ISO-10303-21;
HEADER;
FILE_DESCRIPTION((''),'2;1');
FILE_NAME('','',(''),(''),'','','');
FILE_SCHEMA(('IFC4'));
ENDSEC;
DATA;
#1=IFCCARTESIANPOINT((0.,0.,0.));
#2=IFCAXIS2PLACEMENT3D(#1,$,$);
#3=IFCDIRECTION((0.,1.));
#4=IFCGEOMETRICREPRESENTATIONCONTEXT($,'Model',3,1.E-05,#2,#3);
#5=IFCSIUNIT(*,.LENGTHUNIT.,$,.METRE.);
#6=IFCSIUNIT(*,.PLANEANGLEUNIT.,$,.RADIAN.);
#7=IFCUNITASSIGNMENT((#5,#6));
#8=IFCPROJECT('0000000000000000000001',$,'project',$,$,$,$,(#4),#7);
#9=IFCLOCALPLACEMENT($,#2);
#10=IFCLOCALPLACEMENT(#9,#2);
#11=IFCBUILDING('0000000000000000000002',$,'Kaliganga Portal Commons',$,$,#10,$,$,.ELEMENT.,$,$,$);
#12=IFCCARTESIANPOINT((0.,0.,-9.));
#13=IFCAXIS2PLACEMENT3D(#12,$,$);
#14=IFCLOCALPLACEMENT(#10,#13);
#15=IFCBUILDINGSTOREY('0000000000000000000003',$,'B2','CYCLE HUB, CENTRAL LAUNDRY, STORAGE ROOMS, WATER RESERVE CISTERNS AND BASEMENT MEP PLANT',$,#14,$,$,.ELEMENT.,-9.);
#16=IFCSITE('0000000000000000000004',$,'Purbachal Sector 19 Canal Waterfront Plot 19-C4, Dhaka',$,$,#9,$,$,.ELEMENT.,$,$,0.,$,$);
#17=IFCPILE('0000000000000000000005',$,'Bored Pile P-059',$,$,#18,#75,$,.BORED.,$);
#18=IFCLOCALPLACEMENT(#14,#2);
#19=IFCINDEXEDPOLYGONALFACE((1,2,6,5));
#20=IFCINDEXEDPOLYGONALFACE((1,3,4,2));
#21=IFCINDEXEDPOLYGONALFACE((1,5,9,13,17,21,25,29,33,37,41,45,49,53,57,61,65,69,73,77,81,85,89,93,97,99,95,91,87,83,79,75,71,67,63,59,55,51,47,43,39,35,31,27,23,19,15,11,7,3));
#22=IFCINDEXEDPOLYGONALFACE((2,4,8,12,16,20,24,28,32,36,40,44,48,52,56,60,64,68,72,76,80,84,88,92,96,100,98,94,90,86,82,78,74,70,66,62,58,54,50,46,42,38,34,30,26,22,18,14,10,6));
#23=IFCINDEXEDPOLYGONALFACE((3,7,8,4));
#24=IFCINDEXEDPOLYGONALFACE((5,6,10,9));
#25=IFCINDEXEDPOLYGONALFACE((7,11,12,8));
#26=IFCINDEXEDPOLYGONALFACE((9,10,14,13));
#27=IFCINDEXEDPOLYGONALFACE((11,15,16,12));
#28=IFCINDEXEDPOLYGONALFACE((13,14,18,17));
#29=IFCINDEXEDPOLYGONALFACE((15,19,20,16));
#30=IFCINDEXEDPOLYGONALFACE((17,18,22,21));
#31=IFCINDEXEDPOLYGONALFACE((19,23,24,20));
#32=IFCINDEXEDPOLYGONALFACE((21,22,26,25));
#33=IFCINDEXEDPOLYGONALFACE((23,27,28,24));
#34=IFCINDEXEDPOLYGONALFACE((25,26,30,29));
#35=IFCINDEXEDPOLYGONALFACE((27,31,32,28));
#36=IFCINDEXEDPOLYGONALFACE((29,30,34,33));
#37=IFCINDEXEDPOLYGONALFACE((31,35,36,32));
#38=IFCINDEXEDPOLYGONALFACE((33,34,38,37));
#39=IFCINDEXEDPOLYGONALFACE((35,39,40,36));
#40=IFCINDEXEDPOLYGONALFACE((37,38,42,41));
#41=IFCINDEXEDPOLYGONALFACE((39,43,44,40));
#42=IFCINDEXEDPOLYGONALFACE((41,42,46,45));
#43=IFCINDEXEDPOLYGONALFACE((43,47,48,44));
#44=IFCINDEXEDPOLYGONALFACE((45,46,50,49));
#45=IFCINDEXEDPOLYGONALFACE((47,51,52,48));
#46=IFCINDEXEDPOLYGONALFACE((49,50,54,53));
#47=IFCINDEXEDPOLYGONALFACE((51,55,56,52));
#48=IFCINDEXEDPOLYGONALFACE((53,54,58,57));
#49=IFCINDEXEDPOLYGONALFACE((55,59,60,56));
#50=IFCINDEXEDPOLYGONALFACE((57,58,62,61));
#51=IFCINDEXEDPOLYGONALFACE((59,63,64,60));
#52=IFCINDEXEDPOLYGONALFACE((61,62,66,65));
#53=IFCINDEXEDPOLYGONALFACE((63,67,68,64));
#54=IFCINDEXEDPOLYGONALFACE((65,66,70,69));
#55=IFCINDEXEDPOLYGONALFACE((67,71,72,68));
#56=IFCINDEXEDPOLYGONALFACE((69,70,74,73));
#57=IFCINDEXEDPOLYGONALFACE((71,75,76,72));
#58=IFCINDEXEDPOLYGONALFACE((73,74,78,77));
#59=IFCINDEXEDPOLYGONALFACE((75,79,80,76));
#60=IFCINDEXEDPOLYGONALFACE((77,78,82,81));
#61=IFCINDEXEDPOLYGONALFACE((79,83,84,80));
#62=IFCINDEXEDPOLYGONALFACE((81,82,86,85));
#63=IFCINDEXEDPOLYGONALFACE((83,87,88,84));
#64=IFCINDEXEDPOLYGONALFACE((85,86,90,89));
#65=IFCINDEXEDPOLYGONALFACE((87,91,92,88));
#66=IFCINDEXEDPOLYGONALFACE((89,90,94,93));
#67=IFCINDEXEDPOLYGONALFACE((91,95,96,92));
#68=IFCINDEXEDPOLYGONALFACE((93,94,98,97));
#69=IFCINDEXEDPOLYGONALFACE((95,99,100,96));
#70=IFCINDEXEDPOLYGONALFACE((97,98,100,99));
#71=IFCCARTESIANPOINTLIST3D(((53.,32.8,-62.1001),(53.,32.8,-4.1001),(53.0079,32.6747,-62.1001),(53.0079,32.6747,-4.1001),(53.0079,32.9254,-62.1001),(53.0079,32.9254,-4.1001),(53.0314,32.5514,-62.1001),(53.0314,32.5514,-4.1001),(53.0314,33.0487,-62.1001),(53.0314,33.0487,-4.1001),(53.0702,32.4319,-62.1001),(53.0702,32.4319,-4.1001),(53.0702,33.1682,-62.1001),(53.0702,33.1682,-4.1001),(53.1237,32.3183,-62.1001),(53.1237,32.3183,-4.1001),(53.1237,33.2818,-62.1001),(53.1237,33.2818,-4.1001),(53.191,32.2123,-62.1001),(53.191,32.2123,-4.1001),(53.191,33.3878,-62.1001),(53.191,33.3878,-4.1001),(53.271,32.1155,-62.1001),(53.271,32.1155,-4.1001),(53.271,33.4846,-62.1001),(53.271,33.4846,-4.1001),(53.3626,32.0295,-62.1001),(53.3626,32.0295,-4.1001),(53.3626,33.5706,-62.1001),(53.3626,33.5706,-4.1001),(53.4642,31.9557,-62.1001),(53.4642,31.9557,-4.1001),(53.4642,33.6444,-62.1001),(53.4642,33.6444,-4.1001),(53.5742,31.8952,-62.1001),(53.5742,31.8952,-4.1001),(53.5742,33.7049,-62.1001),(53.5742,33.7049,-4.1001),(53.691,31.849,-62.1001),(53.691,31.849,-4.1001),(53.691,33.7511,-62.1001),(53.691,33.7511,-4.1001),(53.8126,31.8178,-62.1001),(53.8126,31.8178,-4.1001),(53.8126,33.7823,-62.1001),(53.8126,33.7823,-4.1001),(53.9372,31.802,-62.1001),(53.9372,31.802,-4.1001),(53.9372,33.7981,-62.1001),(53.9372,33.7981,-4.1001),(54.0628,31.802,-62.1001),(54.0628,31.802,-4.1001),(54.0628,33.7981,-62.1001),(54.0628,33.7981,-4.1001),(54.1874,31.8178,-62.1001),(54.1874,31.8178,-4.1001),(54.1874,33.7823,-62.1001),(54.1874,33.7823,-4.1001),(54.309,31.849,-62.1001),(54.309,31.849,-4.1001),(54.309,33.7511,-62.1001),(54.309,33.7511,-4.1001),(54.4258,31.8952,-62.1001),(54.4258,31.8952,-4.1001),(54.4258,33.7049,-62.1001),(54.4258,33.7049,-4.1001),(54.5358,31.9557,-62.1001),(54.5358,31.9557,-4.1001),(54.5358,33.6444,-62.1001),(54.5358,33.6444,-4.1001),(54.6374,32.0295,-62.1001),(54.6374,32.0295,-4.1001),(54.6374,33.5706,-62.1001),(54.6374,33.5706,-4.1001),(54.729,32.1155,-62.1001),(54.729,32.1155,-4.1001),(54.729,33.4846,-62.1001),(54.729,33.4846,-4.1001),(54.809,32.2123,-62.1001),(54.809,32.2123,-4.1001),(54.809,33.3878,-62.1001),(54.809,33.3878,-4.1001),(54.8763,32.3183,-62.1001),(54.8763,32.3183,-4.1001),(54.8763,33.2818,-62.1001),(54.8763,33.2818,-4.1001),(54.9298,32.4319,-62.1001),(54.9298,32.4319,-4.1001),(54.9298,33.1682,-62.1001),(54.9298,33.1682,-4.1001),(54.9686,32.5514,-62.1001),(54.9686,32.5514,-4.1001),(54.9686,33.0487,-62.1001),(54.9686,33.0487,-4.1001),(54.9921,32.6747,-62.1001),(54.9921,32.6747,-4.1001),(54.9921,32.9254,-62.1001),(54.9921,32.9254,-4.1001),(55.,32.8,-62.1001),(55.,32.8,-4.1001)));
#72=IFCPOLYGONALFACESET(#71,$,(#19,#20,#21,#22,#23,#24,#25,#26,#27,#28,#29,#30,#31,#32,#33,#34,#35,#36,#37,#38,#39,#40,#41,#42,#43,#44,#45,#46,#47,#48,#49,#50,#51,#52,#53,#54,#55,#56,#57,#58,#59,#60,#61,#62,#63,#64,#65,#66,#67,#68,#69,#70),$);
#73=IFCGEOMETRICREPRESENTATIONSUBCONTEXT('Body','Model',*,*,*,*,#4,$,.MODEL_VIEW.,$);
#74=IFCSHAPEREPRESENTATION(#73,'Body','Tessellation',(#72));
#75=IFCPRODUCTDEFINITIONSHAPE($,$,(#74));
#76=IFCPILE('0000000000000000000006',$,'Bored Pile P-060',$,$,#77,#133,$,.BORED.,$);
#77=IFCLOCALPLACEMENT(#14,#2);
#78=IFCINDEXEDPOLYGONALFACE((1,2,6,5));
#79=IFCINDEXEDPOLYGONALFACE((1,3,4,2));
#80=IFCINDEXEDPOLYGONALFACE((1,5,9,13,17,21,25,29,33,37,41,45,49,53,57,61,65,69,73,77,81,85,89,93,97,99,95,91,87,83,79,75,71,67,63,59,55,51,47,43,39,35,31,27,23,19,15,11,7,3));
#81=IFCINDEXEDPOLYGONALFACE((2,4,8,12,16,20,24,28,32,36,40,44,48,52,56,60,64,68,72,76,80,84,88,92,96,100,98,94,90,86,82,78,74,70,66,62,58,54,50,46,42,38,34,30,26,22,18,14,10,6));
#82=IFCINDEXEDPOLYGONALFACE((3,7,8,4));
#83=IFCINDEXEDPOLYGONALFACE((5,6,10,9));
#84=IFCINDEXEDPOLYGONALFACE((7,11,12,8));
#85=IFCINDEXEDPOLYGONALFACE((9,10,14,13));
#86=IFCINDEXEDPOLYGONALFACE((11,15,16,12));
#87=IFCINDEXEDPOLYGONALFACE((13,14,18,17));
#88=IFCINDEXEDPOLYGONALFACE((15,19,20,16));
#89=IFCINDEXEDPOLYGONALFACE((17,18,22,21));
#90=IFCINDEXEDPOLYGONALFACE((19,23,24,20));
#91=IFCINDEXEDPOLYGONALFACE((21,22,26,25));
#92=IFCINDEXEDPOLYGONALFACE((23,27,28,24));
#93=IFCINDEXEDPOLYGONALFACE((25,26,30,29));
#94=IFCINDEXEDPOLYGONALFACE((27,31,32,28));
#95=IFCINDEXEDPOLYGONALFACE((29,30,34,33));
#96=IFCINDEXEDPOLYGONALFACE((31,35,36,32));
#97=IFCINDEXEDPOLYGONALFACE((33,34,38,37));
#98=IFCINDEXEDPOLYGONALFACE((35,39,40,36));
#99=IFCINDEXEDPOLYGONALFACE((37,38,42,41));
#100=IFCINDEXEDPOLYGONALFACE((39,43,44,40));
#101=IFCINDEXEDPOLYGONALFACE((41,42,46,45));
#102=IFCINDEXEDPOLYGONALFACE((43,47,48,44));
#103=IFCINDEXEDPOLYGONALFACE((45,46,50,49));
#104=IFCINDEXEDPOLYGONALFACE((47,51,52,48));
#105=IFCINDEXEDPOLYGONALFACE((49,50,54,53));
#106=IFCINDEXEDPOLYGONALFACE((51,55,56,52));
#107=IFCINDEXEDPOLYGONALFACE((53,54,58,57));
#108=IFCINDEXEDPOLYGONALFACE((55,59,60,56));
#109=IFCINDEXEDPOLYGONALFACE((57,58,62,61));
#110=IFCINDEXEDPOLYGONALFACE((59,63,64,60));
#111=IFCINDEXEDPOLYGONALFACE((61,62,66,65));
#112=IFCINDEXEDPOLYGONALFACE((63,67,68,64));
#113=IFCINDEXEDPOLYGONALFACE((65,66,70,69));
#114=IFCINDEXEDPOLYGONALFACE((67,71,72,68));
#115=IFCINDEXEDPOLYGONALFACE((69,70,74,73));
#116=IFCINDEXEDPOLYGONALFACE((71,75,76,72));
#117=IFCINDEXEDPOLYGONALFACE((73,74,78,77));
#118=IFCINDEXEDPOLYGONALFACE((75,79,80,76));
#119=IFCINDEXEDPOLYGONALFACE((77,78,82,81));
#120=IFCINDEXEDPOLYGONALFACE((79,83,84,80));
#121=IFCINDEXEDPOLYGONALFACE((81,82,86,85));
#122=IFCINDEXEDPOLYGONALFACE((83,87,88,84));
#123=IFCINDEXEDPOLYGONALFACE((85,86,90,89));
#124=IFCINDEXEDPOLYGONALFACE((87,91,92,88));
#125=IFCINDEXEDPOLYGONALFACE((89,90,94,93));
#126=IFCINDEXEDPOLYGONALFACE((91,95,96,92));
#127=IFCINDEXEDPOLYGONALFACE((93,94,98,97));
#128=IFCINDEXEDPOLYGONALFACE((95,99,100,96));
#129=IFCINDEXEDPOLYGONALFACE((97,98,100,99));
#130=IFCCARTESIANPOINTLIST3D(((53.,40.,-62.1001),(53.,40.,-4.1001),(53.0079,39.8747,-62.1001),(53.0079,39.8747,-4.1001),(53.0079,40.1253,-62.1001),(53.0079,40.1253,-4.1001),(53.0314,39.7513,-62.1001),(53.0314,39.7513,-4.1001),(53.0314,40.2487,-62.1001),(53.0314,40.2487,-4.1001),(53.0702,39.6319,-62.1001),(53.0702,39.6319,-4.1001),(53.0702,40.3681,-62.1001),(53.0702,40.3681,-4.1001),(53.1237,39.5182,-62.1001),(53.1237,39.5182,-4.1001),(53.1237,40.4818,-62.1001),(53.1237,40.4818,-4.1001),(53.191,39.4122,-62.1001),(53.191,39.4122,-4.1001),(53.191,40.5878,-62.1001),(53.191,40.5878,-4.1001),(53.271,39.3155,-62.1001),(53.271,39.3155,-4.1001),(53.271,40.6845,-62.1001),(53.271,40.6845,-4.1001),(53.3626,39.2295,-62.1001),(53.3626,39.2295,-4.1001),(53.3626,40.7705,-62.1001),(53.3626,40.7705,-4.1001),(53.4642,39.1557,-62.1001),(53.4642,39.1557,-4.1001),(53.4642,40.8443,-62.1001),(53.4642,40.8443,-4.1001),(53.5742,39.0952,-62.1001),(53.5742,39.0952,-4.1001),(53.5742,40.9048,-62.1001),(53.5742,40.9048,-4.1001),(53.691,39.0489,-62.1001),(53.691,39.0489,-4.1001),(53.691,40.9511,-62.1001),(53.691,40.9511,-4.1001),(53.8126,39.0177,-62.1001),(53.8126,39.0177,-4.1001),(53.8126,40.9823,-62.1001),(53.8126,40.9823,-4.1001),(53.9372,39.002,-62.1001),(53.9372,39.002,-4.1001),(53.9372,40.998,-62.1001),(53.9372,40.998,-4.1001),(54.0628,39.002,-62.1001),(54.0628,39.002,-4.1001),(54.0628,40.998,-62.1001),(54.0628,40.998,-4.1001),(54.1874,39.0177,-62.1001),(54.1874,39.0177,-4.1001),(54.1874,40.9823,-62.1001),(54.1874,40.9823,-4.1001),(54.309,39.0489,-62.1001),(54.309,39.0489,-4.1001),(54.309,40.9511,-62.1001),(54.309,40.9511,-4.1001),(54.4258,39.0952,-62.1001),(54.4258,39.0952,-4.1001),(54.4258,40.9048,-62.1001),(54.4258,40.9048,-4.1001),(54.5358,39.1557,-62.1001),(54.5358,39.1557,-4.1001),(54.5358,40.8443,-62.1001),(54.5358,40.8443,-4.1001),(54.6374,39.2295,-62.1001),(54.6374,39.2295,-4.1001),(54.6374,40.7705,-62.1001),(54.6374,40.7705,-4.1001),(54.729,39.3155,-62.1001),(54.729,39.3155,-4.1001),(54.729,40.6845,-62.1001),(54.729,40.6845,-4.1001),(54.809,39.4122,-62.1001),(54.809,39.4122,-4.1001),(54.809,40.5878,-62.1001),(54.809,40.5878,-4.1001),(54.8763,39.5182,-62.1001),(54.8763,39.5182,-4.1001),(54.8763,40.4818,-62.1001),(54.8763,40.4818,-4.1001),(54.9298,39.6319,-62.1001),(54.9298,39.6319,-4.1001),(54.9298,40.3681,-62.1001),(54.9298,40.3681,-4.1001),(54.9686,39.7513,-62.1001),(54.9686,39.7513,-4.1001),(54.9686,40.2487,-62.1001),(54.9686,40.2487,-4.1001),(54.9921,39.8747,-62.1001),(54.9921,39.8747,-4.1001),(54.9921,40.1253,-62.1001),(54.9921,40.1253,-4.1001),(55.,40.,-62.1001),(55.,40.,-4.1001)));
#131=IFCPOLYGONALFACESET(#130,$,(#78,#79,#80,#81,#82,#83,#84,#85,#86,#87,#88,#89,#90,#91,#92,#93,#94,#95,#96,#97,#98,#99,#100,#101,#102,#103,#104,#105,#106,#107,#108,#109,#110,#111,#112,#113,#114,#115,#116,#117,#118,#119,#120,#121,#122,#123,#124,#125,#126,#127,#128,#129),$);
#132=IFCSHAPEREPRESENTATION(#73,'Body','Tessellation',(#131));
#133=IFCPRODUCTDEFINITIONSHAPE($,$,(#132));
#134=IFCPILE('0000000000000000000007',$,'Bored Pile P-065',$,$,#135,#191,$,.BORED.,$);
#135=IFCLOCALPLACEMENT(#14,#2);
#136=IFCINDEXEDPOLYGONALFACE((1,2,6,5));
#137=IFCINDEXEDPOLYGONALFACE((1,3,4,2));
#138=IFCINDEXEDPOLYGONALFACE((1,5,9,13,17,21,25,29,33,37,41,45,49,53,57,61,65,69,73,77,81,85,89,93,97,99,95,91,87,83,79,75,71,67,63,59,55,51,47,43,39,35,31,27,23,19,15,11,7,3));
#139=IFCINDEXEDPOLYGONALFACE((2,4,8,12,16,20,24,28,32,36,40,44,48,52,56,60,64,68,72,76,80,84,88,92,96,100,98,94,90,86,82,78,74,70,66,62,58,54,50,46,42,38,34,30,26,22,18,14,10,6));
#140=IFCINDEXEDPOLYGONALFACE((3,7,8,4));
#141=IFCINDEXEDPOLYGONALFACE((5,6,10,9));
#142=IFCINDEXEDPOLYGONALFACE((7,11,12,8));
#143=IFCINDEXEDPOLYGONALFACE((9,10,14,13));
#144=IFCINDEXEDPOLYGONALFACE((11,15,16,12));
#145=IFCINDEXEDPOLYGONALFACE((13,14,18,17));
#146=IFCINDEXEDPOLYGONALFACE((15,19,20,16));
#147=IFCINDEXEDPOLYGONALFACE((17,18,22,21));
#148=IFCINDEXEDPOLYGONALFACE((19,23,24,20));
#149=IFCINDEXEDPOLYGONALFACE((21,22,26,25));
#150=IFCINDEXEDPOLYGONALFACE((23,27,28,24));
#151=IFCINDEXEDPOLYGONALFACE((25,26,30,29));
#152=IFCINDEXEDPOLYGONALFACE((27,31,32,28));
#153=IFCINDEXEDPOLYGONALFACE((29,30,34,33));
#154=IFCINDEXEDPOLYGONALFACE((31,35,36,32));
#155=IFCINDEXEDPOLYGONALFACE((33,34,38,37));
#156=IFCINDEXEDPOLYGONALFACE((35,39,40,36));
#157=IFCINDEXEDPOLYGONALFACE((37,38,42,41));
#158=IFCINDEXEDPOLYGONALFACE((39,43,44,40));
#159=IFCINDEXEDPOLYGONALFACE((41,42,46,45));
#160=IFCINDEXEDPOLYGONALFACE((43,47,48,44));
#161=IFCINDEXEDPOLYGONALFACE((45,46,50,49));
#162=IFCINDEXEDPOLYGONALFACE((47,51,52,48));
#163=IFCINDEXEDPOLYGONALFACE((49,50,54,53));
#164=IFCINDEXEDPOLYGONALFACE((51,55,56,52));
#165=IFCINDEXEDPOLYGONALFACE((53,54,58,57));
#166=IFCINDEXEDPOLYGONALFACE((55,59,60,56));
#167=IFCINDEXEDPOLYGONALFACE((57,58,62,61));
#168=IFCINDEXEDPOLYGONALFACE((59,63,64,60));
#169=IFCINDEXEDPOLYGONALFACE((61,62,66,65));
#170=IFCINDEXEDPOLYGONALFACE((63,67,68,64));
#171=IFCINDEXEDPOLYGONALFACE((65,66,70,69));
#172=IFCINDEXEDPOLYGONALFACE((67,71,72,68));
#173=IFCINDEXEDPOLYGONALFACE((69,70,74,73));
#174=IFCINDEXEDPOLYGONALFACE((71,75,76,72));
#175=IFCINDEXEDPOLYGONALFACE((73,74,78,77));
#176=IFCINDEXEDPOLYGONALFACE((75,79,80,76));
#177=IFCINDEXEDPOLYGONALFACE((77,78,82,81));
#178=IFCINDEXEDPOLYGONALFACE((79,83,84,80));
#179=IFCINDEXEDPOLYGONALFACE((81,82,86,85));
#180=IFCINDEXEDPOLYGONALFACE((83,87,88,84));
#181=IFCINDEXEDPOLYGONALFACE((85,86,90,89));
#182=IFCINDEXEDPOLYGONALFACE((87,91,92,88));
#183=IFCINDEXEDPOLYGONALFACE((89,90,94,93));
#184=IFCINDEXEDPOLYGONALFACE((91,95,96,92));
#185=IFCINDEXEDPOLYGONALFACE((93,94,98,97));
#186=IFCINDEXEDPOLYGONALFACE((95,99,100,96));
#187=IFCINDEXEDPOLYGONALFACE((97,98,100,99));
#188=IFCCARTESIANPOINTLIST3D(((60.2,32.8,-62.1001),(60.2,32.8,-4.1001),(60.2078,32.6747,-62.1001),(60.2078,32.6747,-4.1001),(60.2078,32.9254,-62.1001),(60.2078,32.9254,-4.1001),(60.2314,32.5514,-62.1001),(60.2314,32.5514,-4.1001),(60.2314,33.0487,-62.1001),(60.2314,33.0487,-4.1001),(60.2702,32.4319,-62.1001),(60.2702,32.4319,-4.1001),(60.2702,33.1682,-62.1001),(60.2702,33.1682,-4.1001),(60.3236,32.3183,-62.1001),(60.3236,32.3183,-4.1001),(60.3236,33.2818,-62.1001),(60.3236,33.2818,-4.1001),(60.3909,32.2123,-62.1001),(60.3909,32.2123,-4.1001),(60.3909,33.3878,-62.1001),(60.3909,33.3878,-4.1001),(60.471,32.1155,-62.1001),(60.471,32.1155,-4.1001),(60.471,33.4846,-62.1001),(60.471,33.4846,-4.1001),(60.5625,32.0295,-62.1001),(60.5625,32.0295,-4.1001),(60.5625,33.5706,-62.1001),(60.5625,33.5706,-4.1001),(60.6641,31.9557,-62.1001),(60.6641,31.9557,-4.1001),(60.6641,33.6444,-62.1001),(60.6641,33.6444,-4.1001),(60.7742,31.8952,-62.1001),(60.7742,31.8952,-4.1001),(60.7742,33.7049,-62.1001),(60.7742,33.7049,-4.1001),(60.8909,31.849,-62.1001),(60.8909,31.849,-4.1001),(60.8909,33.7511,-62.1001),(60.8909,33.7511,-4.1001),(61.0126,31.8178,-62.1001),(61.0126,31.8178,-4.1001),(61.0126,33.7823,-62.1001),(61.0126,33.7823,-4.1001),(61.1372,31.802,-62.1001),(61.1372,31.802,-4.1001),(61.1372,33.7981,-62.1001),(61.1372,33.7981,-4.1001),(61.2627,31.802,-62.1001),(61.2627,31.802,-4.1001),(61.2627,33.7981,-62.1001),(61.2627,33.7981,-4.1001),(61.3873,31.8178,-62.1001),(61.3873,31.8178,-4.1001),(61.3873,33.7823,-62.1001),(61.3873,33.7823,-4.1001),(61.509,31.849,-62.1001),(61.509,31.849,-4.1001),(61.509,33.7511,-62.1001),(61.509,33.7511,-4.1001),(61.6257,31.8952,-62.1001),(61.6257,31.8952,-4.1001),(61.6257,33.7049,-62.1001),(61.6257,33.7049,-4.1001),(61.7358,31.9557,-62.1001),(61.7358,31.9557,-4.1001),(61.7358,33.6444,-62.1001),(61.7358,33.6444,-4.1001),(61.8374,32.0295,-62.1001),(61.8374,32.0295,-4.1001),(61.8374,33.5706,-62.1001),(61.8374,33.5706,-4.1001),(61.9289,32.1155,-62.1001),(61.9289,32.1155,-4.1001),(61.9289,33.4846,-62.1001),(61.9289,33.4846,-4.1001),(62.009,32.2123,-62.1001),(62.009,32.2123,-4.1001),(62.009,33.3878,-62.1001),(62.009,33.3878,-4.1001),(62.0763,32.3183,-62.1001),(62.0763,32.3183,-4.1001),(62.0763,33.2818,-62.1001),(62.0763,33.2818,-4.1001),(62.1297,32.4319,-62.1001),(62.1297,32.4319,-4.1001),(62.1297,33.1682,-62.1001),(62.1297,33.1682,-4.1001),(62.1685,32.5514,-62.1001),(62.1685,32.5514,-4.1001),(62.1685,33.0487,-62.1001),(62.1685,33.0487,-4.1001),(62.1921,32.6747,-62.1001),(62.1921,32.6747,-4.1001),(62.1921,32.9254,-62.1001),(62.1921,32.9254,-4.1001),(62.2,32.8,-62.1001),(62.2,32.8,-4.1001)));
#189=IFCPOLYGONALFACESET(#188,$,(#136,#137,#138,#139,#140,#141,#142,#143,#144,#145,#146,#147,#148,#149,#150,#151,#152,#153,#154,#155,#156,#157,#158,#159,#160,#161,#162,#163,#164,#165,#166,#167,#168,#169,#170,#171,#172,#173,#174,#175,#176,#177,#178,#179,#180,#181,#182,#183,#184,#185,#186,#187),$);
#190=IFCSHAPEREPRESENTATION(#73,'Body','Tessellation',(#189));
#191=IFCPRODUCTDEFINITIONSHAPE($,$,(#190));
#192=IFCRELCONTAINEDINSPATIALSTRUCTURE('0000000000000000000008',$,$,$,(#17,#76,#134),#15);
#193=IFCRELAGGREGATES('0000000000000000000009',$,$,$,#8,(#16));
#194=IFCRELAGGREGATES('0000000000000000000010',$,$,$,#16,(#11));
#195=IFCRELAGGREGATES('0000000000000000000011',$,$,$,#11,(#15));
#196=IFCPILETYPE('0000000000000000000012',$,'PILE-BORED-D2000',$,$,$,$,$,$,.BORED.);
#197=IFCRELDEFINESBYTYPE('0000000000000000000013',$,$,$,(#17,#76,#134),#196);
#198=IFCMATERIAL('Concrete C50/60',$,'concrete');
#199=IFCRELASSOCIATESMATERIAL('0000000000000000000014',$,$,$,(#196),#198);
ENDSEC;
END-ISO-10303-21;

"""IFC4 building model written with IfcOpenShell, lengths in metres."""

from ifc_helpers import new_model, si_unit, direction, frame, origin, origin_2d, place, context, subcontext, project, spatial, circle, extrude, material, material_profile, profile_set, type_object, element, save


model = new_model("IFC4")

# Units and contexts
model_context = context("Model", 3, precision=1e-05, world=origin(), true_north=direction((0.0, 1.0)))
body_context = subcontext(model_context, "Body", "Model", "MODEL_VIEW")
ifc_project = project(units=[si_unit("LENGTHUNIT", "METRE"), si_unit("PLANEANGLEUNIT", "RADIAN")], contexts=[model_context])

# Site, building, storey
site_placement = place(None, origin())
site = spatial("IfcSite", under=ifc_project, at=site_placement, Name="Purbachal Sector 19 Canal Waterfront Plot 19-C4, Dhaka", CompositionType="ELEMENT", RefElevation=0.0)
building_placement = place(site_placement, origin())
building = spatial("IfcBuilding", under=site, at=building_placement, Name="Kaliganga Portal Commons", CompositionType="ELEMENT")
storey_placement = place(building_placement, frame((0.0, 0.0, -9.0)))
storey = spatial("IfcBuildingStorey", under=building, at=storey_placement, Name="B2", Description="CYCLE HUB, CENTRAL LAUNDRY, STORAGE ROOMS, WATER RESERVE CISTERNS AND BASEMENT MEP PLANT", CompositionType="ELEMENT", Elevation=-9.0)

# Piles
ifc_material_1 = material(Name="Concrete C50/60", Category="concrete")
ifc_material_profile_1 = material_profile(ifc_material_1, circle(Radius=1.0, at=origin_2d()), Name="PILE D2000")
ifc_profile_set_1 = profile_set([ifc_material_profile_1], Name="Concrete C50/60")
pile_type = type_object("IfcPileType", Name="PILE-BORED-D2000", PredefinedType="BORED", material=ifc_profile_set_1)
for number, where, z_axis, x_axis, name in (
    (1, (54.0, 32.8, -4.1001), (0.0, 0.0, -1.0), (1.0, 0.0, 0.0), "Bored Pile P-059"),
    (2, (54.0, 40.0, -4.1001), (0.0, 0.0, -1.0), (1.0, 0.0, 0.0), "Bored Pile P-060"),
    (3, (61.2, 32.8, -4.1001), (0.0, 0.0, -1.0), (1.0, 0.0, 0.0), "Bored Pile P-065"),
):
    element("IfcPile", number, at=place(storey_placement, frame(where, z_axis=z_axis, x_axis=x_axis)), inside=storey, type_object=pile_type, Name=name, PredefinedType="BORED", context=body_context, shape_type="SweptSolid", body=[
        extrude(circle(Radius=1.0, at=origin_2d()), origin(), (0.0, 0.0, 1.0), 58.0),
    ])

save(model, "model.ifc")
